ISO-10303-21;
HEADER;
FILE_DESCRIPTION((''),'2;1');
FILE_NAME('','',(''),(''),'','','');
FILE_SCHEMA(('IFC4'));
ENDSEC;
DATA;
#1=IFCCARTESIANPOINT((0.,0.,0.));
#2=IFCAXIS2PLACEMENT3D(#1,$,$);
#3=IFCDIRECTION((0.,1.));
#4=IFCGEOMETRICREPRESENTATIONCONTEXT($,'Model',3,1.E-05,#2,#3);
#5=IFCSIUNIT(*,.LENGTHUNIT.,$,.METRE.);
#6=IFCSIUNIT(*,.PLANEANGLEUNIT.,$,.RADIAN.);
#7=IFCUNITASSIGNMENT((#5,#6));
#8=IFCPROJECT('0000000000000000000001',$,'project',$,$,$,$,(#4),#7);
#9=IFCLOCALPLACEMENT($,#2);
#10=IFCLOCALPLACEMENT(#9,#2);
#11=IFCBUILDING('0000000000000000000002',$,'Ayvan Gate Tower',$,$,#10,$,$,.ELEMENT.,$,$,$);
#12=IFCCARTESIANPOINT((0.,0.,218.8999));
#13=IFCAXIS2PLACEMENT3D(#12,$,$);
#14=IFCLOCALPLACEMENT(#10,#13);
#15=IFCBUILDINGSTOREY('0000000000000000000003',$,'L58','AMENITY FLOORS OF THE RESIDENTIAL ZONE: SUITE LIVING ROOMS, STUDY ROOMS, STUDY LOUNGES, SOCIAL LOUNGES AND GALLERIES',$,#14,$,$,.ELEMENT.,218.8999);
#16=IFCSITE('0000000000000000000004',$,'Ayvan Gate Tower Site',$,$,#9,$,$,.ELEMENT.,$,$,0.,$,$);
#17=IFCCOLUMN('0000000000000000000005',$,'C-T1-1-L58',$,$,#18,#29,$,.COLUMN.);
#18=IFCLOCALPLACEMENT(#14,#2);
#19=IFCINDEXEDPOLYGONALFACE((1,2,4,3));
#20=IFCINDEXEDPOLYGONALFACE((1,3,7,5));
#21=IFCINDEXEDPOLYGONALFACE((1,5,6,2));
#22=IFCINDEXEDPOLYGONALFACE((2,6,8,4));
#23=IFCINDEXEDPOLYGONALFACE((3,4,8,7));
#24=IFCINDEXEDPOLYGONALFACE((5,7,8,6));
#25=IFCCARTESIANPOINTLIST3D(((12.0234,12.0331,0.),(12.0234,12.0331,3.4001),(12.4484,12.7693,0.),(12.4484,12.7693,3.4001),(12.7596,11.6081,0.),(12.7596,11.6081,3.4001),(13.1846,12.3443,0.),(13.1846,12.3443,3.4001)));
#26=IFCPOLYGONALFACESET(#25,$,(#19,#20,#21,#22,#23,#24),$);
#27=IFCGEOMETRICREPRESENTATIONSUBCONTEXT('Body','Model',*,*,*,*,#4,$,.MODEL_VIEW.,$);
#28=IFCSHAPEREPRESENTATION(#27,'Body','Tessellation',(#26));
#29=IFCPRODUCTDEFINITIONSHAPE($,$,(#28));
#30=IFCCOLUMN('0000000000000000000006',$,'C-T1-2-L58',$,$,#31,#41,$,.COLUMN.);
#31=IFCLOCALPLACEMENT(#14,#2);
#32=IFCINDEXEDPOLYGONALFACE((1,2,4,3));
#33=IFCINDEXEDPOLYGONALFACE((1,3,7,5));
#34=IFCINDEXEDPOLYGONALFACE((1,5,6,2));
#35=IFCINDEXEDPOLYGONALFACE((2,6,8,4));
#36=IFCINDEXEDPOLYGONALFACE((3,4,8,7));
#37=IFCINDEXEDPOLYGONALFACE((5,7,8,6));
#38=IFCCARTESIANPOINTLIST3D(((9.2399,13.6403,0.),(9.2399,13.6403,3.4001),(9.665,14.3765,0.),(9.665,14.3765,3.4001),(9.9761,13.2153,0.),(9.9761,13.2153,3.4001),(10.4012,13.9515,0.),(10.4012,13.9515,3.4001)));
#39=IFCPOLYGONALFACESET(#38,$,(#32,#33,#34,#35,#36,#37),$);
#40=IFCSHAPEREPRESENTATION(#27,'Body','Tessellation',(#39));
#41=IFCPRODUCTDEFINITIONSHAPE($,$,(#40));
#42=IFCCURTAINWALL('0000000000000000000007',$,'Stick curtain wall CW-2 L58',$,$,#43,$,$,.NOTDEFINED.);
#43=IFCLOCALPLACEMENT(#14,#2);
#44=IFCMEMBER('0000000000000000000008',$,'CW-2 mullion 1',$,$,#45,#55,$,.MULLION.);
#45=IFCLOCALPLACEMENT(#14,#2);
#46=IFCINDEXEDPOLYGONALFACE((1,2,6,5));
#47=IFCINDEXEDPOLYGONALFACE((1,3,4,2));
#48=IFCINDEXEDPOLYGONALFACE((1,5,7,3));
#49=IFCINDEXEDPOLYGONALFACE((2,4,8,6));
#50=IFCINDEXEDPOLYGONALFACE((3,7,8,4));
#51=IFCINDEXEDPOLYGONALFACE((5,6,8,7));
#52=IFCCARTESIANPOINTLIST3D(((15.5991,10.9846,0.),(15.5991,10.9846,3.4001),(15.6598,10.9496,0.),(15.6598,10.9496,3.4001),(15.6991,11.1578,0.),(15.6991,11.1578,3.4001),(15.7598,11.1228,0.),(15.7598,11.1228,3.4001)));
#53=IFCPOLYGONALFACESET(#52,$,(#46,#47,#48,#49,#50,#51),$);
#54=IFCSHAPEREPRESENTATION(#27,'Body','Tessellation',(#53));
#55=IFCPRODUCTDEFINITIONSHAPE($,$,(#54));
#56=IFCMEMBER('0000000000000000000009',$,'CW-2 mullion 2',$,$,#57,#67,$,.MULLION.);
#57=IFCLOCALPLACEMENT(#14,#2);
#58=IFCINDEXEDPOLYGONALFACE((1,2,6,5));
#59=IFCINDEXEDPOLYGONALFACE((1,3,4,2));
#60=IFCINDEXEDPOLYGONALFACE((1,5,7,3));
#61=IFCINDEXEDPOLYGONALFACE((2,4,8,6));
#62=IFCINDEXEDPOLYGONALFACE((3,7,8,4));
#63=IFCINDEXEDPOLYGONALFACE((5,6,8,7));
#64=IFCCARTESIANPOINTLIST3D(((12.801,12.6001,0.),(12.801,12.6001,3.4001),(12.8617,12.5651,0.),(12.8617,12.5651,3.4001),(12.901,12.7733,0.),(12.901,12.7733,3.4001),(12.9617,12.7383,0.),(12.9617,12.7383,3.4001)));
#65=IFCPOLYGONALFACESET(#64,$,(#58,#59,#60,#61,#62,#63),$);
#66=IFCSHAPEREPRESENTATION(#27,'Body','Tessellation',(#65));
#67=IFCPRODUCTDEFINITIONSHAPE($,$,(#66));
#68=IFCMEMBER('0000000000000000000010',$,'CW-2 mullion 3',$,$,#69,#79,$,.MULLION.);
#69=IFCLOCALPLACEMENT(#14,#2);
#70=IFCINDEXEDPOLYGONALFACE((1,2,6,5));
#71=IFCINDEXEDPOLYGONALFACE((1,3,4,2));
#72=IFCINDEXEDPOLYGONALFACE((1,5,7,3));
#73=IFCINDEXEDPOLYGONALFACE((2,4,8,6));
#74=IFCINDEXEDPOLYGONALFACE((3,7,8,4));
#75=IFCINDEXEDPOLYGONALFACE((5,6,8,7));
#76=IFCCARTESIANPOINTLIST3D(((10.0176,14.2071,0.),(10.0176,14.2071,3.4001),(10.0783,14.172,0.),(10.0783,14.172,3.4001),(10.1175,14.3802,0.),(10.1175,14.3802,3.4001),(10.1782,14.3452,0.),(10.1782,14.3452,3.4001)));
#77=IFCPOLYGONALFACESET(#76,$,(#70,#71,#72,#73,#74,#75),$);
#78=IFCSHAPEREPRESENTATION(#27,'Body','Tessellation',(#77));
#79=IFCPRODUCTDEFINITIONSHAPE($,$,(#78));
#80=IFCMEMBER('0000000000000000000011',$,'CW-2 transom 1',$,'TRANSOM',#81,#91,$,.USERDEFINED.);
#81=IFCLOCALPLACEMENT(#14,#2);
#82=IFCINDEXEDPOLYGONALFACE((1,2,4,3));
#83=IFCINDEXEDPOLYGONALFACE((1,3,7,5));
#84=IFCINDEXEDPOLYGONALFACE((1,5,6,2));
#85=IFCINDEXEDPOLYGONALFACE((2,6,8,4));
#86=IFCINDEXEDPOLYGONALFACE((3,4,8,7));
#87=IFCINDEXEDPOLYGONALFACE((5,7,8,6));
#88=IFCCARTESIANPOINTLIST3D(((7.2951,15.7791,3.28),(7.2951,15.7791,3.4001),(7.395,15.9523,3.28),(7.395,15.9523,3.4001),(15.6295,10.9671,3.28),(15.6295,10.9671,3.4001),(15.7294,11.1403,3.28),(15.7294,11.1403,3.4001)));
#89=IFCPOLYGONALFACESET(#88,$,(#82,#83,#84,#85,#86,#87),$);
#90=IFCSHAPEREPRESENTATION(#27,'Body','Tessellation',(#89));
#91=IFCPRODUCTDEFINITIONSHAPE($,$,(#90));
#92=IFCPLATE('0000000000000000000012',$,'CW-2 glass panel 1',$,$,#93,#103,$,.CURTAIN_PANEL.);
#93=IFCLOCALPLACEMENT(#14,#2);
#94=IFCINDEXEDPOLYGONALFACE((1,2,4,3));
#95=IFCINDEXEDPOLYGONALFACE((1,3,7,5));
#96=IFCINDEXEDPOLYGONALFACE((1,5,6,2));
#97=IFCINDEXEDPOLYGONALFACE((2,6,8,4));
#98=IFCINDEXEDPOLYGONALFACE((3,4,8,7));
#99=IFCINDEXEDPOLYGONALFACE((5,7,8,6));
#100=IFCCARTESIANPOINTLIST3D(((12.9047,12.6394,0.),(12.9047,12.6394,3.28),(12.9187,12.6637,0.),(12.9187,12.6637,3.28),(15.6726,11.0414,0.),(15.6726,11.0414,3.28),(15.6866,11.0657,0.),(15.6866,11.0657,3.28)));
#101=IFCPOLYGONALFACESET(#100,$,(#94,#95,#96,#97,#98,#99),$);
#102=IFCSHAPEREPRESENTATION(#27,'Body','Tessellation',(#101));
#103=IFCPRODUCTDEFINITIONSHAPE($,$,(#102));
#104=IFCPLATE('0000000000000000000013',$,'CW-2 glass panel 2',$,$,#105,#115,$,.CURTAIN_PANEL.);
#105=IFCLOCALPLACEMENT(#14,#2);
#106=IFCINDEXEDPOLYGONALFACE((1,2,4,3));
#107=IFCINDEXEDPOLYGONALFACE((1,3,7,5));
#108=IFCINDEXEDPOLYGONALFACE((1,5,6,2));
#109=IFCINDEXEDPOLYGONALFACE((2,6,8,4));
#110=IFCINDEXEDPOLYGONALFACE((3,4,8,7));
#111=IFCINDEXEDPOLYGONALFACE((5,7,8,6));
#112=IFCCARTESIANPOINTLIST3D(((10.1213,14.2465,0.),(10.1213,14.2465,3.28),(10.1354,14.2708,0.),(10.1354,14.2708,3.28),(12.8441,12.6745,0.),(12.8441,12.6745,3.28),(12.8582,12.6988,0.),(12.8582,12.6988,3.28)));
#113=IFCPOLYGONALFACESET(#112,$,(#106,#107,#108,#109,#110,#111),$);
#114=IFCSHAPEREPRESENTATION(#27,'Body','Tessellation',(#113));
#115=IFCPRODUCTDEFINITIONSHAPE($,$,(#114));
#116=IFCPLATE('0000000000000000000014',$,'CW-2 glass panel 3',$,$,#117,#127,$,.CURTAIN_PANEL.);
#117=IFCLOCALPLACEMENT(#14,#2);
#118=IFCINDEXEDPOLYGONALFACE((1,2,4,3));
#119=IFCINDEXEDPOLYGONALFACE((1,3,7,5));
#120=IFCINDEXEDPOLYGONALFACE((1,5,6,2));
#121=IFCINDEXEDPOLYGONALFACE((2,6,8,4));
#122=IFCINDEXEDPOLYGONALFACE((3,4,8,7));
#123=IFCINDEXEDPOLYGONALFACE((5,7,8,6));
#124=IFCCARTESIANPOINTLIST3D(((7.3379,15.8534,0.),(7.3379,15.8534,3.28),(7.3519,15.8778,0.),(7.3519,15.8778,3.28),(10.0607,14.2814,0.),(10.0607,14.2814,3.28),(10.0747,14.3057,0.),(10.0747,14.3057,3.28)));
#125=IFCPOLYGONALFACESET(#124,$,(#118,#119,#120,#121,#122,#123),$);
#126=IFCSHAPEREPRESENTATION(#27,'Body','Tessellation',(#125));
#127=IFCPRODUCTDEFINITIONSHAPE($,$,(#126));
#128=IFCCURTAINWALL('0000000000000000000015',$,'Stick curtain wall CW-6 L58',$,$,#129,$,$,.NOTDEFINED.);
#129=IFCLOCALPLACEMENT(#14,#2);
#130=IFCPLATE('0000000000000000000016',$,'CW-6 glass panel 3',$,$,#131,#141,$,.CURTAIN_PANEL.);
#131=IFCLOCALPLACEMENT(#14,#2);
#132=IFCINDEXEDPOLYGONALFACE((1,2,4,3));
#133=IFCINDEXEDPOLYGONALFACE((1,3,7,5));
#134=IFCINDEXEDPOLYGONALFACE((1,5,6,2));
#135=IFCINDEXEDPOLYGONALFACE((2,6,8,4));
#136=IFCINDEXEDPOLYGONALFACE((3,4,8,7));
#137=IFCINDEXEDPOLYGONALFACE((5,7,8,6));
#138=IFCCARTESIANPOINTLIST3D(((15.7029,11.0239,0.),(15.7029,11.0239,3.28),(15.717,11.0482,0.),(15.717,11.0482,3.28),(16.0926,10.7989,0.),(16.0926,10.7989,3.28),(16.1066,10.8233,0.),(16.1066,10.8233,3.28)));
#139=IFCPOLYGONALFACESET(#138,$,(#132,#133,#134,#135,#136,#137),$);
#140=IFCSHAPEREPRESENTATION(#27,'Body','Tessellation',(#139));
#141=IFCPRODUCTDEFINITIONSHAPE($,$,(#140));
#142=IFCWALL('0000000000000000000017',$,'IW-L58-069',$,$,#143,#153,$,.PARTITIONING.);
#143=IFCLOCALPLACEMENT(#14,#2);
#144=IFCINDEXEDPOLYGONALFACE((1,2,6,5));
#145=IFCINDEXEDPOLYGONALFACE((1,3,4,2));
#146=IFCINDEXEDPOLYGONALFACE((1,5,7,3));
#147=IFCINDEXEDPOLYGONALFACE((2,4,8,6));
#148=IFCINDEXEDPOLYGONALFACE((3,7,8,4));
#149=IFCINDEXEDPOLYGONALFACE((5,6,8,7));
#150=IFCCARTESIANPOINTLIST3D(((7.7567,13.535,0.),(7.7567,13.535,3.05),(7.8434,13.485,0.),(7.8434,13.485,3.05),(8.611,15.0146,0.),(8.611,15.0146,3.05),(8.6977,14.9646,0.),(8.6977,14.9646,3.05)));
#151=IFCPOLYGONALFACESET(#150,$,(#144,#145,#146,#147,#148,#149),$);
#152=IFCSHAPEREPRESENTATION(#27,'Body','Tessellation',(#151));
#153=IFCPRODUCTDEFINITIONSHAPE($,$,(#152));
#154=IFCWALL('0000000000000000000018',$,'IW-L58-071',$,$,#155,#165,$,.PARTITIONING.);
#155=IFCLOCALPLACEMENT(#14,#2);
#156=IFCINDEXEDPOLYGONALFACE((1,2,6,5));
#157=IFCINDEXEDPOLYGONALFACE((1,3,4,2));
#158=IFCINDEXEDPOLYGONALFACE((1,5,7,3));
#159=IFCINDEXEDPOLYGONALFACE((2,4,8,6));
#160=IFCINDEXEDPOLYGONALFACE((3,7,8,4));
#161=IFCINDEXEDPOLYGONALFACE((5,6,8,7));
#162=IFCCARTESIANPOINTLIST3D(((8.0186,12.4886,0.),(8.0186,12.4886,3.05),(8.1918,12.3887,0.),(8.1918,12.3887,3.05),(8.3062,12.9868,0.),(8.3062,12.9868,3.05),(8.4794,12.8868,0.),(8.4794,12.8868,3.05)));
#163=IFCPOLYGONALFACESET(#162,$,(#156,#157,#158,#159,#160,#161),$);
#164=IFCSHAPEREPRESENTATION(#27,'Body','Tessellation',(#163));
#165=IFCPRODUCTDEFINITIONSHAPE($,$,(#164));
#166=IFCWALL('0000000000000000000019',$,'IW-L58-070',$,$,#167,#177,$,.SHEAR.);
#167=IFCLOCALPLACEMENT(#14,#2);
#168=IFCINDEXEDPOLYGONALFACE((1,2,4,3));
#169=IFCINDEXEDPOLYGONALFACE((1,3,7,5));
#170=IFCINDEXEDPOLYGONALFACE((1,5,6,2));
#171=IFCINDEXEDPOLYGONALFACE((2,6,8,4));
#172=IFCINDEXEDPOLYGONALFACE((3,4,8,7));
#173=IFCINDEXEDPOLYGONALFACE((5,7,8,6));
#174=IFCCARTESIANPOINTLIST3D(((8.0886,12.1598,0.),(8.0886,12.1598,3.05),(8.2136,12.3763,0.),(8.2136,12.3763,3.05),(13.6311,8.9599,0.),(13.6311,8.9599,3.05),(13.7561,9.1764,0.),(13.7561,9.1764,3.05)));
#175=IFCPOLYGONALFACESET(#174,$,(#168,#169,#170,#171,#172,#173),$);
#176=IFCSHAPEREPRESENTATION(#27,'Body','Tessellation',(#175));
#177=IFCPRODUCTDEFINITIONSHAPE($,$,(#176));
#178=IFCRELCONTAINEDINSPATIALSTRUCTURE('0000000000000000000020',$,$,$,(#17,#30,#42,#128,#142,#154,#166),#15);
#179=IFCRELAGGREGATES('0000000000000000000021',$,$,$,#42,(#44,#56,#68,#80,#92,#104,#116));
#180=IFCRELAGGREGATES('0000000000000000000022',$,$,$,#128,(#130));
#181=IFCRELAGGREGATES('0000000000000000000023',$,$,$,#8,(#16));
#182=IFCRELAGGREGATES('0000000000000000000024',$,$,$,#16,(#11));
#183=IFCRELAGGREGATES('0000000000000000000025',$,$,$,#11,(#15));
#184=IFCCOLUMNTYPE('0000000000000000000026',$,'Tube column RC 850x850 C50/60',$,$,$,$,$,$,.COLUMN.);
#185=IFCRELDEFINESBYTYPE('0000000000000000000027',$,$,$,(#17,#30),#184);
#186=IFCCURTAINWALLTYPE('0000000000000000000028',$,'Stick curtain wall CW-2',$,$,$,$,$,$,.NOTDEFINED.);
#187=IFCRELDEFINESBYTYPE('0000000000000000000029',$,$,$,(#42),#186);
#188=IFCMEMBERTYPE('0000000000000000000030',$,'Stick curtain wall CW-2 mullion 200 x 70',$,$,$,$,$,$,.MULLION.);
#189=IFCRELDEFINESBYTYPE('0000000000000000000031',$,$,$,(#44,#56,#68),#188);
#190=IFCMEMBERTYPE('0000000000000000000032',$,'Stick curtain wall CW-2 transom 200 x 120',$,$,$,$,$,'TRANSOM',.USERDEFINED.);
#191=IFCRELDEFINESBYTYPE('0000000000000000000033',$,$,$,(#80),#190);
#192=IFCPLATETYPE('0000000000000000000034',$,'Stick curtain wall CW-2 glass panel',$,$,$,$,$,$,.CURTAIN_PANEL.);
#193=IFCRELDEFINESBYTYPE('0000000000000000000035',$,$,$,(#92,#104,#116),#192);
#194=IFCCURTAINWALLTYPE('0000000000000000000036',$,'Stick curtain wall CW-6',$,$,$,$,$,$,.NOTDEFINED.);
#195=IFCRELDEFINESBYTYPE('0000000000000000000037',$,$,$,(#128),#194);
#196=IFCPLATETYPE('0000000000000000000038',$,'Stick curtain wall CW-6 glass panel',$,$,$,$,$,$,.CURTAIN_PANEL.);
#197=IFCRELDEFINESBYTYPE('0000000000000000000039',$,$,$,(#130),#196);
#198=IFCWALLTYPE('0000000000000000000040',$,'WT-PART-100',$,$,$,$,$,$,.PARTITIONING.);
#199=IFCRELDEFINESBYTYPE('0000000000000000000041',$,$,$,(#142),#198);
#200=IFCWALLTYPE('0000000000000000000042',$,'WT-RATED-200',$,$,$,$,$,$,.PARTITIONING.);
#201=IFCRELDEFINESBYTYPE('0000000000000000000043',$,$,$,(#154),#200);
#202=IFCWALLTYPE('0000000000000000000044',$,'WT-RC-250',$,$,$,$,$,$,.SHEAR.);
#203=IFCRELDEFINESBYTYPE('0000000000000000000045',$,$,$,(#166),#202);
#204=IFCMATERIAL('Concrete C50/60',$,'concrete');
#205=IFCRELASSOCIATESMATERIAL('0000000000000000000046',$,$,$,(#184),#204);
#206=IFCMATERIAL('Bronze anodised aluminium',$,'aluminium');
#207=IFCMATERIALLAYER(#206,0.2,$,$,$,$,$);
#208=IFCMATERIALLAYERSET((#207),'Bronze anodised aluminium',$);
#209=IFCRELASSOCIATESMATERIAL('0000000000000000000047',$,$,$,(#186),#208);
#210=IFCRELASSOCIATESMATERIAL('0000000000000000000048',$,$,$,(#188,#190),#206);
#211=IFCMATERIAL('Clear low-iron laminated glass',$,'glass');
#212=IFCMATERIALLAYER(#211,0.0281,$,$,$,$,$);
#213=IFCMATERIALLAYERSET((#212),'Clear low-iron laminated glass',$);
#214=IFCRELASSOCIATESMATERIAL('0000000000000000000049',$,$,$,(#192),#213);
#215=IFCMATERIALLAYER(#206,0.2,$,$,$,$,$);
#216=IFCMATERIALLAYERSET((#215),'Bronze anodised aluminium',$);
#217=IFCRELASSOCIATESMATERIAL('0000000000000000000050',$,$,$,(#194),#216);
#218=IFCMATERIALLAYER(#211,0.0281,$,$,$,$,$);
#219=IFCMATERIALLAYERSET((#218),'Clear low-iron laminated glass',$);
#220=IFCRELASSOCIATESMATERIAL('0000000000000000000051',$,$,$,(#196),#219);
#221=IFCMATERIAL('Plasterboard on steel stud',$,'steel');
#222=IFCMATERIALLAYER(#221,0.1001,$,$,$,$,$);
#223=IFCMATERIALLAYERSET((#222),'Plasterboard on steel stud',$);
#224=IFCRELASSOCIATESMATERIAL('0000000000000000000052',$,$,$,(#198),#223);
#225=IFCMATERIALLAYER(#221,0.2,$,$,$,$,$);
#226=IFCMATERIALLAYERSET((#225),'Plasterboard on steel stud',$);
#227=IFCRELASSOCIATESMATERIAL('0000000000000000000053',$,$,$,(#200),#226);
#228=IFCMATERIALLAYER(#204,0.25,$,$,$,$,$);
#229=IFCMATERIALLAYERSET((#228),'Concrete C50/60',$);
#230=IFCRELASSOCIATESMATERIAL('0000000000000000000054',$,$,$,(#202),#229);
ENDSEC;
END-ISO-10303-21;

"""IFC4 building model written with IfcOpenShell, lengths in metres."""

from ifc_helpers import new_model, si_unit, direction, frame, frame_2d, origin, origin_2d, place, context, subcontext, project, spatial, rectangle, extrude, material, layer, layer_set, material_profile, profile_set, type_object, element, aggregate, save


model = new_model("IFC4")

# Units and contexts
model_context = context("Model", 3, precision=1e-05, world=origin(), true_north=direction((0.0, 1.0)))
body_context = subcontext(model_context, "Body", "Model", "MODEL_VIEW")
ifc_project = project(units=[si_unit("LENGTHUNIT", "METRE"), si_unit("PLANEANGLEUNIT", "RADIAN")], contexts=[model_context])

# Site, building, storey
site_placement = place(None, origin())
site = spatial("IfcSite", under=ifc_project, at=site_placement, Name="Ayvan Gate Tower Site", CompositionType="ELEMENT", RefElevation=0.0)
building_placement = place(site_placement, origin())
building = spatial("IfcBuilding", under=site, at=building_placement, Name="Ayvan Gate Tower", CompositionType="ELEMENT")
storey_placement = place(building_placement, frame((0.0, 0.0, 218.8999)))
storey = spatial("IfcBuildingStorey", under=building, at=storey_placement, Name="L58", Description="AMENITY FLOORS OF THE RESIDENTIAL ZONE: SUITE LIVING ROOMS, STUDY ROOMS, STUDY LOUNGES, SOCIAL LOUNGES AND GALLERIES", CompositionType="ELEMENT", Elevation=218.8999)

# Columns
ifc_material_1 = material(Name="Concrete C50/60", Category="concrete")
ifc_material_profile_1 = material_profile(ifc_material_1, rectangle(XDim=0.8501, YDim=0.8501, at=origin_2d()), Name="RC 850x850")
ifc_profile_set_1 = profile_set([ifc_material_profile_1], Name="Concrete C50/60")
column_type = type_object("IfcColumnType", Name="Tube column RC 850x850 C50/60", PredefinedType="COLUMN", material=ifc_profile_set_1)
for number, where, z_axis, x_axis, name in (
    (1, (12.604, 12.1887, 0.0), (0.0, 0.0, 1.0), (0.5, 0.866025, 0.0), "C-T1-1-L58"),
    (2, (9.8206, 13.7959, 0.0), (0.0, 0.0, 1.0), (0.5, 0.866025, 0.0), "C-T1-2-L58"),
):
    element("IfcColumn", number, at=place(storey_placement, frame(where, z_axis=z_axis, x_axis=x_axis)), inside=storey, type_object=column_type, Name=name, PredefinedType="COLUMN", context=body_context, shape_type="SweptSolid", body=[
        extrude(rectangle(XDim=0.8501, YDim=0.8501, at=origin_2d()), origin(), (0.0, 0.0, 1.0), 3.4001),
    ])

# Curtain wall, members, plates
ifc_material_2 = material(Name="Bronze anodised aluminium", Category="aluminium")
ifc_layer_1 = layer(ifc_material_2, 0.2)
ifc_layer_set_1 = layer_set([ifc_layer_1], Name="Bronze anodised aluminium")
curtain_wall_type_1 = type_object("IfcCurtainWallType", Name="Stick curtain wall CW-2", PredefinedType="NOTDEFINED", material=ifc_layer_set_1)
curtain_wall_1_placement = place(storey_placement, origin())
curtain_wall_1 = element("IfcCurtainWall", 3, at=curtain_wall_1_placement, inside=storey, type_object=curtain_wall_type_1, Name="Stick curtain wall CW-2 L58", PredefinedType="NOTDEFINED")
ifc_material_profile_2 = material_profile(ifc_material_2, rectangle(XDim=0.2, YDim=0.0701, at=origin_2d()), Name="Stick curtain wall CW-2 mullion 200 x 70")
ifc_profile_set_2 = profile_set([ifc_material_profile_2], Name="Bronze anodised aluminium")
member_type_1 = type_object("IfcMemberType", Name="Stick curtain wall CW-2 mullion 200 x 70", PredefinedType="MULLION", material=ifc_profile_set_2)
member_1_placement = place(storey_placement, frame((15.6794, 11.0537, 0.0), z_axis=(0.0, 0.0, 1.0), x_axis=(0.5, 0.866025, 0.0)))
member_1 = element("IfcMember", 4, at=member_1_placement, type_object=member_type_1, Name="CW-2 mullion 1", PredefinedType="MULLION", context=body_context, shape_type="SweptSolid", body=[
    extrude(rectangle(XDim=0.2, YDim=0.0701, at=origin_2d()), origin(), (0.0, 0.0, 1.0), 3.4001),
])
member_2_placement = place(storey_placement, frame((12.8813, 12.6692, 0.0), z_axis=(0.0, 0.0, 1.0), x_axis=(0.5, 0.866025, 0.0)))
member_2 = element("IfcMember", 5, at=member_2_placement, type_object=member_type_1, Name="CW-2 mullion 2", PredefinedType="MULLION", context=body_context, shape_type="SweptSolid", body=[
    extrude(rectangle(XDim=0.2, YDim=0.0701, at=origin_2d()), origin(), (0.0, 0.0, 1.0), 3.4001),
])
member_3_placement = place(storey_placement, frame((10.0979, 14.2761, 0.0), z_axis=(0.0, 0.0, 1.0), x_axis=(0.5, 0.866025, 0.0)))
member_3 = element("IfcMember", 6, at=member_3_placement, type_object=member_type_1, Name="CW-2 mullion 3", PredefinedType="MULLION", context=body_context, shape_type="SweptSolid", body=[
    extrude(rectangle(XDim=0.2, YDim=0.0701, at=origin_2d()), origin(), (0.0, 0.0, 1.0), 3.4001),
])
ifc_material_profile_3 = material_profile(ifc_material_2, rectangle(XDim=0.2, YDim=0.1201, at=origin_2d()), Name="Stick curtain wall CW-2 transom 200 x 120")
ifc_profile_set_3 = profile_set([ifc_material_profile_3], Name="Bronze anodised aluminium")
member_type_2 = type_object("IfcMemberType", Name="Stick curtain wall CW-2 transom 200 x 120", ElementType="TRANSOM", PredefinedType="USERDEFINED", material=ifc_profile_set_3)
member_4_placement = place(storey_placement, frame((15.6794, 11.0537, 3.3401), z_axis=(-0.866021, 0.500008, 0.0), x_axis=(-0.500008, -0.866021, 0.0)))
member_4 = element("IfcMember", 7, at=member_4_placement, type_object=member_type_2, Name="CW-2 transom 1", ObjectType="TRANSOM", PredefinedType="USERDEFINED", context=body_context, shape_type="SweptSolid", body=[
    extrude(rectangle(XDim=0.2, YDim=0.1201, at=origin_2d()), origin(), (0.0, 0.0, 1.0), 9.6238),
])
ifc_material_3 = material(Name="Clear low-iron laminated glass", Category="glass")
ifc_layer_2 = layer(ifc_material_3, 0.0281)
ifc_layer_set_2 = layer_set([ifc_layer_2], Name="Clear low-iron laminated glass")
plate_type_1 = type_object("IfcPlateType", Name="Stick curtain wall CW-2 glass panel", PredefinedType="CURTAIN_PANEL", material=ifc_layer_set_2)
plate_1_placement = place(storey_placement, frame((14.2957, 11.8525, 0.0), z_axis=(0.0, 0.0, 1.0), x_axis=(-0.866025, 0.5, 0.0)))
plate_1 = element("IfcPlate", 8, at=plate_1_placement, type_object=plate_type_1, Name="CW-2 glass panel 1", PredefinedType="CURTAIN_PANEL", context=body_context, shape_type="SweptSolid", body=[
    extrude(rectangle(XDim=3.196, YDim=0.0281, at=origin_2d()), origin(), (0.0, 0.0, 1.0), 3.28),
])
plate_2_placement = place(storey_placement, frame((11.4897, 13.4727, 0.0), z_axis=(0.0, 0.0, 1.0), x_axis=(-0.866025, 0.5, 0.0)))
plate_2 = element("IfcPlate", 9, at=plate_2_placement, type_object=plate_type_1, Name="CW-2 glass panel 2", PredefinedType="CURTAIN_PANEL", context=body_context, shape_type="SweptSolid", body=[
    extrude(rectangle(XDim=3.144, YDim=0.0281, at=origin_2d()), origin(), (0.0, 0.0, 1.0), 3.28),
])
plate_3_placement = place(storey_placement, frame((8.7063, 15.0796, 0.0), z_axis=(0.0, 0.0, 1.0), x_axis=(-0.866025, 0.5, 0.0)))
plate_3 = element("IfcPlate", 10, at=plate_3_placement, type_object=plate_type_1, Name="CW-2 glass panel 3", PredefinedType="CURTAIN_PANEL", context=body_context, shape_type="SweptSolid", body=[
    extrude(rectangle(XDim=3.144, YDim=0.0281, at=origin_2d()), origin(), (0.0, 0.0, 1.0), 3.28),
])
aggregate(curtain_wall_1, [member_1, member_2, member_3, member_4, plate_1, plate_2, plate_3])

# Curtain wall, plate
ifc_layer_3 = layer(ifc_material_2, 0.2)
ifc_layer_set_3 = layer_set([ifc_layer_3], Name="Bronze anodised aluminium")
curtain_wall_type_2 = type_object("IfcCurtainWallType", Name="Stick curtain wall CW-6", PredefinedType="NOTDEFINED", material=ifc_layer_set_3)
curtain_wall_2_placement = place(storey_placement, origin())
curtain_wall_2 = element("IfcCurtainWall", 11, at=curtain_wall_2_placement, inside=storey, type_object=curtain_wall_type_2, Name="Stick curtain wall CW-6 L58", PredefinedType="NOTDEFINED")
ifc_layer_4 = layer(ifc_material_3, 0.0281)
ifc_layer_set_4 = layer_set([ifc_layer_4], Name="Clear low-iron laminated glass")
plate_type_2 = type_object("IfcPlateType", Name="Stick curtain wall CW-6 glass panel", PredefinedType="CURTAIN_PANEL", material=ifc_layer_set_4)
plate_4_placement = place(storey_placement, frame((15.9048, 10.9236, 0.0), z_axis=(0.0, 0.0, 1.0), x_axis=(-0.866025, 0.5, 0.0)))
plate_4 = element("IfcPlate", 12, at=plate_4_placement, type_object=plate_type_2, Name="CW-6 glass panel 3", PredefinedType="CURTAIN_PANEL", context=body_context, shape_type="SweptSolid", body=[
    extrude(rectangle(XDim=0.45, YDim=0.0281, at=origin_2d()), origin(), (0.0, 0.0, 1.0), 3.28),
])
aggregate(curtain_wall_2, [plate_4])

# Walls
ifc_material_4 = material(Name="Plasterboard on steel stud", Category="steel")
ifc_layer_5 = layer(ifc_material_4, 0.1001)
ifc_layer_set_5 = layer_set([ifc_layer_5], Name="Plasterboard on steel stud")
wall_type_1 = type_object("IfcWallType", Name="WT-PART-100", PredefinedType="PARTITIONING", material=ifc_layer_set_5)
wall_1_placement = place(storey_placement, frame((7.8, 13.51, 0.0), z_axis=(0.0, 0.0, 1.0), x_axis=(0.500028, 0.866009, 0.0)))
element("IfcWall", 13, at=wall_1_placement, inside=storey, type_object=wall_type_1, Name="IW-L58-069", PredefinedType="PARTITIONING", context=body_context, shape_type="SweptSolid", body=[
    extrude(rectangle(XDim=1.7085, YDim=0.1001, at=frame_2d((0.8542, 0.0))), origin(), (0.0, 0.0, 1.0), 3.05),
])
ifc_layer_6 = layer(ifc_material_4, 0.2)
ifc_layer_set_6 = layer_set([ifc_layer_6], Name="Plasterboard on steel stud")
wall_type_2 = type_object("IfcWallType", Name="WT-RATED-200", PredefinedType="PARTITIONING", material=ifc_layer_set_6)
wall_2_placement = place(storey_placement, frame((8.3928, 12.9368, 0.0), z_axis=(0.0, 0.0, 1.0), x_axis=(-0.500065, -0.865988, 0.0)))
element("IfcWall", 14, at=wall_2_placement, inside=storey, type_object=wall_type_2, Name="IW-L58-071", PredefinedType="PARTITIONING", context=body_context, shape_type="SweptSolid", body=[
    extrude(rectangle(XDim=0.5752, YDim=0.2, at=frame_2d((0.2876, 0.0))), origin(), (0.0, 0.0, 1.0), 3.05),
])
ifc_layer_7 = layer(ifc_material_1, 0.25)
ifc_layer_set_7 = layer_set([ifc_layer_7], Name="Concrete C50/60")
wall_type_3 = type_object("IfcWallType", Name="WT-RC-250", PredefinedType="SHEAR", material=ifc_layer_set_7)
wall_3_placement = place(storey_placement, frame((8.1511, 12.2681, 0.0), z_axis=(0.0, 0.0, 1.0), x_axis=(0.866025, -0.5, 0.0)))
element("IfcWall", 15, at=wall_3_placement, inside=storey, type_object=wall_type_3, Name="IW-L58-070", PredefinedType="SHEAR", context=body_context, shape_type="SweptSolid", body=[
    extrude(rectangle(XDim=6.3999, YDim=0.25, at=frame_2d((3.2, 0.0))), origin(), (0.0, 0.0, 1.0), 3.05),
])

save(model, "model.ifc")
